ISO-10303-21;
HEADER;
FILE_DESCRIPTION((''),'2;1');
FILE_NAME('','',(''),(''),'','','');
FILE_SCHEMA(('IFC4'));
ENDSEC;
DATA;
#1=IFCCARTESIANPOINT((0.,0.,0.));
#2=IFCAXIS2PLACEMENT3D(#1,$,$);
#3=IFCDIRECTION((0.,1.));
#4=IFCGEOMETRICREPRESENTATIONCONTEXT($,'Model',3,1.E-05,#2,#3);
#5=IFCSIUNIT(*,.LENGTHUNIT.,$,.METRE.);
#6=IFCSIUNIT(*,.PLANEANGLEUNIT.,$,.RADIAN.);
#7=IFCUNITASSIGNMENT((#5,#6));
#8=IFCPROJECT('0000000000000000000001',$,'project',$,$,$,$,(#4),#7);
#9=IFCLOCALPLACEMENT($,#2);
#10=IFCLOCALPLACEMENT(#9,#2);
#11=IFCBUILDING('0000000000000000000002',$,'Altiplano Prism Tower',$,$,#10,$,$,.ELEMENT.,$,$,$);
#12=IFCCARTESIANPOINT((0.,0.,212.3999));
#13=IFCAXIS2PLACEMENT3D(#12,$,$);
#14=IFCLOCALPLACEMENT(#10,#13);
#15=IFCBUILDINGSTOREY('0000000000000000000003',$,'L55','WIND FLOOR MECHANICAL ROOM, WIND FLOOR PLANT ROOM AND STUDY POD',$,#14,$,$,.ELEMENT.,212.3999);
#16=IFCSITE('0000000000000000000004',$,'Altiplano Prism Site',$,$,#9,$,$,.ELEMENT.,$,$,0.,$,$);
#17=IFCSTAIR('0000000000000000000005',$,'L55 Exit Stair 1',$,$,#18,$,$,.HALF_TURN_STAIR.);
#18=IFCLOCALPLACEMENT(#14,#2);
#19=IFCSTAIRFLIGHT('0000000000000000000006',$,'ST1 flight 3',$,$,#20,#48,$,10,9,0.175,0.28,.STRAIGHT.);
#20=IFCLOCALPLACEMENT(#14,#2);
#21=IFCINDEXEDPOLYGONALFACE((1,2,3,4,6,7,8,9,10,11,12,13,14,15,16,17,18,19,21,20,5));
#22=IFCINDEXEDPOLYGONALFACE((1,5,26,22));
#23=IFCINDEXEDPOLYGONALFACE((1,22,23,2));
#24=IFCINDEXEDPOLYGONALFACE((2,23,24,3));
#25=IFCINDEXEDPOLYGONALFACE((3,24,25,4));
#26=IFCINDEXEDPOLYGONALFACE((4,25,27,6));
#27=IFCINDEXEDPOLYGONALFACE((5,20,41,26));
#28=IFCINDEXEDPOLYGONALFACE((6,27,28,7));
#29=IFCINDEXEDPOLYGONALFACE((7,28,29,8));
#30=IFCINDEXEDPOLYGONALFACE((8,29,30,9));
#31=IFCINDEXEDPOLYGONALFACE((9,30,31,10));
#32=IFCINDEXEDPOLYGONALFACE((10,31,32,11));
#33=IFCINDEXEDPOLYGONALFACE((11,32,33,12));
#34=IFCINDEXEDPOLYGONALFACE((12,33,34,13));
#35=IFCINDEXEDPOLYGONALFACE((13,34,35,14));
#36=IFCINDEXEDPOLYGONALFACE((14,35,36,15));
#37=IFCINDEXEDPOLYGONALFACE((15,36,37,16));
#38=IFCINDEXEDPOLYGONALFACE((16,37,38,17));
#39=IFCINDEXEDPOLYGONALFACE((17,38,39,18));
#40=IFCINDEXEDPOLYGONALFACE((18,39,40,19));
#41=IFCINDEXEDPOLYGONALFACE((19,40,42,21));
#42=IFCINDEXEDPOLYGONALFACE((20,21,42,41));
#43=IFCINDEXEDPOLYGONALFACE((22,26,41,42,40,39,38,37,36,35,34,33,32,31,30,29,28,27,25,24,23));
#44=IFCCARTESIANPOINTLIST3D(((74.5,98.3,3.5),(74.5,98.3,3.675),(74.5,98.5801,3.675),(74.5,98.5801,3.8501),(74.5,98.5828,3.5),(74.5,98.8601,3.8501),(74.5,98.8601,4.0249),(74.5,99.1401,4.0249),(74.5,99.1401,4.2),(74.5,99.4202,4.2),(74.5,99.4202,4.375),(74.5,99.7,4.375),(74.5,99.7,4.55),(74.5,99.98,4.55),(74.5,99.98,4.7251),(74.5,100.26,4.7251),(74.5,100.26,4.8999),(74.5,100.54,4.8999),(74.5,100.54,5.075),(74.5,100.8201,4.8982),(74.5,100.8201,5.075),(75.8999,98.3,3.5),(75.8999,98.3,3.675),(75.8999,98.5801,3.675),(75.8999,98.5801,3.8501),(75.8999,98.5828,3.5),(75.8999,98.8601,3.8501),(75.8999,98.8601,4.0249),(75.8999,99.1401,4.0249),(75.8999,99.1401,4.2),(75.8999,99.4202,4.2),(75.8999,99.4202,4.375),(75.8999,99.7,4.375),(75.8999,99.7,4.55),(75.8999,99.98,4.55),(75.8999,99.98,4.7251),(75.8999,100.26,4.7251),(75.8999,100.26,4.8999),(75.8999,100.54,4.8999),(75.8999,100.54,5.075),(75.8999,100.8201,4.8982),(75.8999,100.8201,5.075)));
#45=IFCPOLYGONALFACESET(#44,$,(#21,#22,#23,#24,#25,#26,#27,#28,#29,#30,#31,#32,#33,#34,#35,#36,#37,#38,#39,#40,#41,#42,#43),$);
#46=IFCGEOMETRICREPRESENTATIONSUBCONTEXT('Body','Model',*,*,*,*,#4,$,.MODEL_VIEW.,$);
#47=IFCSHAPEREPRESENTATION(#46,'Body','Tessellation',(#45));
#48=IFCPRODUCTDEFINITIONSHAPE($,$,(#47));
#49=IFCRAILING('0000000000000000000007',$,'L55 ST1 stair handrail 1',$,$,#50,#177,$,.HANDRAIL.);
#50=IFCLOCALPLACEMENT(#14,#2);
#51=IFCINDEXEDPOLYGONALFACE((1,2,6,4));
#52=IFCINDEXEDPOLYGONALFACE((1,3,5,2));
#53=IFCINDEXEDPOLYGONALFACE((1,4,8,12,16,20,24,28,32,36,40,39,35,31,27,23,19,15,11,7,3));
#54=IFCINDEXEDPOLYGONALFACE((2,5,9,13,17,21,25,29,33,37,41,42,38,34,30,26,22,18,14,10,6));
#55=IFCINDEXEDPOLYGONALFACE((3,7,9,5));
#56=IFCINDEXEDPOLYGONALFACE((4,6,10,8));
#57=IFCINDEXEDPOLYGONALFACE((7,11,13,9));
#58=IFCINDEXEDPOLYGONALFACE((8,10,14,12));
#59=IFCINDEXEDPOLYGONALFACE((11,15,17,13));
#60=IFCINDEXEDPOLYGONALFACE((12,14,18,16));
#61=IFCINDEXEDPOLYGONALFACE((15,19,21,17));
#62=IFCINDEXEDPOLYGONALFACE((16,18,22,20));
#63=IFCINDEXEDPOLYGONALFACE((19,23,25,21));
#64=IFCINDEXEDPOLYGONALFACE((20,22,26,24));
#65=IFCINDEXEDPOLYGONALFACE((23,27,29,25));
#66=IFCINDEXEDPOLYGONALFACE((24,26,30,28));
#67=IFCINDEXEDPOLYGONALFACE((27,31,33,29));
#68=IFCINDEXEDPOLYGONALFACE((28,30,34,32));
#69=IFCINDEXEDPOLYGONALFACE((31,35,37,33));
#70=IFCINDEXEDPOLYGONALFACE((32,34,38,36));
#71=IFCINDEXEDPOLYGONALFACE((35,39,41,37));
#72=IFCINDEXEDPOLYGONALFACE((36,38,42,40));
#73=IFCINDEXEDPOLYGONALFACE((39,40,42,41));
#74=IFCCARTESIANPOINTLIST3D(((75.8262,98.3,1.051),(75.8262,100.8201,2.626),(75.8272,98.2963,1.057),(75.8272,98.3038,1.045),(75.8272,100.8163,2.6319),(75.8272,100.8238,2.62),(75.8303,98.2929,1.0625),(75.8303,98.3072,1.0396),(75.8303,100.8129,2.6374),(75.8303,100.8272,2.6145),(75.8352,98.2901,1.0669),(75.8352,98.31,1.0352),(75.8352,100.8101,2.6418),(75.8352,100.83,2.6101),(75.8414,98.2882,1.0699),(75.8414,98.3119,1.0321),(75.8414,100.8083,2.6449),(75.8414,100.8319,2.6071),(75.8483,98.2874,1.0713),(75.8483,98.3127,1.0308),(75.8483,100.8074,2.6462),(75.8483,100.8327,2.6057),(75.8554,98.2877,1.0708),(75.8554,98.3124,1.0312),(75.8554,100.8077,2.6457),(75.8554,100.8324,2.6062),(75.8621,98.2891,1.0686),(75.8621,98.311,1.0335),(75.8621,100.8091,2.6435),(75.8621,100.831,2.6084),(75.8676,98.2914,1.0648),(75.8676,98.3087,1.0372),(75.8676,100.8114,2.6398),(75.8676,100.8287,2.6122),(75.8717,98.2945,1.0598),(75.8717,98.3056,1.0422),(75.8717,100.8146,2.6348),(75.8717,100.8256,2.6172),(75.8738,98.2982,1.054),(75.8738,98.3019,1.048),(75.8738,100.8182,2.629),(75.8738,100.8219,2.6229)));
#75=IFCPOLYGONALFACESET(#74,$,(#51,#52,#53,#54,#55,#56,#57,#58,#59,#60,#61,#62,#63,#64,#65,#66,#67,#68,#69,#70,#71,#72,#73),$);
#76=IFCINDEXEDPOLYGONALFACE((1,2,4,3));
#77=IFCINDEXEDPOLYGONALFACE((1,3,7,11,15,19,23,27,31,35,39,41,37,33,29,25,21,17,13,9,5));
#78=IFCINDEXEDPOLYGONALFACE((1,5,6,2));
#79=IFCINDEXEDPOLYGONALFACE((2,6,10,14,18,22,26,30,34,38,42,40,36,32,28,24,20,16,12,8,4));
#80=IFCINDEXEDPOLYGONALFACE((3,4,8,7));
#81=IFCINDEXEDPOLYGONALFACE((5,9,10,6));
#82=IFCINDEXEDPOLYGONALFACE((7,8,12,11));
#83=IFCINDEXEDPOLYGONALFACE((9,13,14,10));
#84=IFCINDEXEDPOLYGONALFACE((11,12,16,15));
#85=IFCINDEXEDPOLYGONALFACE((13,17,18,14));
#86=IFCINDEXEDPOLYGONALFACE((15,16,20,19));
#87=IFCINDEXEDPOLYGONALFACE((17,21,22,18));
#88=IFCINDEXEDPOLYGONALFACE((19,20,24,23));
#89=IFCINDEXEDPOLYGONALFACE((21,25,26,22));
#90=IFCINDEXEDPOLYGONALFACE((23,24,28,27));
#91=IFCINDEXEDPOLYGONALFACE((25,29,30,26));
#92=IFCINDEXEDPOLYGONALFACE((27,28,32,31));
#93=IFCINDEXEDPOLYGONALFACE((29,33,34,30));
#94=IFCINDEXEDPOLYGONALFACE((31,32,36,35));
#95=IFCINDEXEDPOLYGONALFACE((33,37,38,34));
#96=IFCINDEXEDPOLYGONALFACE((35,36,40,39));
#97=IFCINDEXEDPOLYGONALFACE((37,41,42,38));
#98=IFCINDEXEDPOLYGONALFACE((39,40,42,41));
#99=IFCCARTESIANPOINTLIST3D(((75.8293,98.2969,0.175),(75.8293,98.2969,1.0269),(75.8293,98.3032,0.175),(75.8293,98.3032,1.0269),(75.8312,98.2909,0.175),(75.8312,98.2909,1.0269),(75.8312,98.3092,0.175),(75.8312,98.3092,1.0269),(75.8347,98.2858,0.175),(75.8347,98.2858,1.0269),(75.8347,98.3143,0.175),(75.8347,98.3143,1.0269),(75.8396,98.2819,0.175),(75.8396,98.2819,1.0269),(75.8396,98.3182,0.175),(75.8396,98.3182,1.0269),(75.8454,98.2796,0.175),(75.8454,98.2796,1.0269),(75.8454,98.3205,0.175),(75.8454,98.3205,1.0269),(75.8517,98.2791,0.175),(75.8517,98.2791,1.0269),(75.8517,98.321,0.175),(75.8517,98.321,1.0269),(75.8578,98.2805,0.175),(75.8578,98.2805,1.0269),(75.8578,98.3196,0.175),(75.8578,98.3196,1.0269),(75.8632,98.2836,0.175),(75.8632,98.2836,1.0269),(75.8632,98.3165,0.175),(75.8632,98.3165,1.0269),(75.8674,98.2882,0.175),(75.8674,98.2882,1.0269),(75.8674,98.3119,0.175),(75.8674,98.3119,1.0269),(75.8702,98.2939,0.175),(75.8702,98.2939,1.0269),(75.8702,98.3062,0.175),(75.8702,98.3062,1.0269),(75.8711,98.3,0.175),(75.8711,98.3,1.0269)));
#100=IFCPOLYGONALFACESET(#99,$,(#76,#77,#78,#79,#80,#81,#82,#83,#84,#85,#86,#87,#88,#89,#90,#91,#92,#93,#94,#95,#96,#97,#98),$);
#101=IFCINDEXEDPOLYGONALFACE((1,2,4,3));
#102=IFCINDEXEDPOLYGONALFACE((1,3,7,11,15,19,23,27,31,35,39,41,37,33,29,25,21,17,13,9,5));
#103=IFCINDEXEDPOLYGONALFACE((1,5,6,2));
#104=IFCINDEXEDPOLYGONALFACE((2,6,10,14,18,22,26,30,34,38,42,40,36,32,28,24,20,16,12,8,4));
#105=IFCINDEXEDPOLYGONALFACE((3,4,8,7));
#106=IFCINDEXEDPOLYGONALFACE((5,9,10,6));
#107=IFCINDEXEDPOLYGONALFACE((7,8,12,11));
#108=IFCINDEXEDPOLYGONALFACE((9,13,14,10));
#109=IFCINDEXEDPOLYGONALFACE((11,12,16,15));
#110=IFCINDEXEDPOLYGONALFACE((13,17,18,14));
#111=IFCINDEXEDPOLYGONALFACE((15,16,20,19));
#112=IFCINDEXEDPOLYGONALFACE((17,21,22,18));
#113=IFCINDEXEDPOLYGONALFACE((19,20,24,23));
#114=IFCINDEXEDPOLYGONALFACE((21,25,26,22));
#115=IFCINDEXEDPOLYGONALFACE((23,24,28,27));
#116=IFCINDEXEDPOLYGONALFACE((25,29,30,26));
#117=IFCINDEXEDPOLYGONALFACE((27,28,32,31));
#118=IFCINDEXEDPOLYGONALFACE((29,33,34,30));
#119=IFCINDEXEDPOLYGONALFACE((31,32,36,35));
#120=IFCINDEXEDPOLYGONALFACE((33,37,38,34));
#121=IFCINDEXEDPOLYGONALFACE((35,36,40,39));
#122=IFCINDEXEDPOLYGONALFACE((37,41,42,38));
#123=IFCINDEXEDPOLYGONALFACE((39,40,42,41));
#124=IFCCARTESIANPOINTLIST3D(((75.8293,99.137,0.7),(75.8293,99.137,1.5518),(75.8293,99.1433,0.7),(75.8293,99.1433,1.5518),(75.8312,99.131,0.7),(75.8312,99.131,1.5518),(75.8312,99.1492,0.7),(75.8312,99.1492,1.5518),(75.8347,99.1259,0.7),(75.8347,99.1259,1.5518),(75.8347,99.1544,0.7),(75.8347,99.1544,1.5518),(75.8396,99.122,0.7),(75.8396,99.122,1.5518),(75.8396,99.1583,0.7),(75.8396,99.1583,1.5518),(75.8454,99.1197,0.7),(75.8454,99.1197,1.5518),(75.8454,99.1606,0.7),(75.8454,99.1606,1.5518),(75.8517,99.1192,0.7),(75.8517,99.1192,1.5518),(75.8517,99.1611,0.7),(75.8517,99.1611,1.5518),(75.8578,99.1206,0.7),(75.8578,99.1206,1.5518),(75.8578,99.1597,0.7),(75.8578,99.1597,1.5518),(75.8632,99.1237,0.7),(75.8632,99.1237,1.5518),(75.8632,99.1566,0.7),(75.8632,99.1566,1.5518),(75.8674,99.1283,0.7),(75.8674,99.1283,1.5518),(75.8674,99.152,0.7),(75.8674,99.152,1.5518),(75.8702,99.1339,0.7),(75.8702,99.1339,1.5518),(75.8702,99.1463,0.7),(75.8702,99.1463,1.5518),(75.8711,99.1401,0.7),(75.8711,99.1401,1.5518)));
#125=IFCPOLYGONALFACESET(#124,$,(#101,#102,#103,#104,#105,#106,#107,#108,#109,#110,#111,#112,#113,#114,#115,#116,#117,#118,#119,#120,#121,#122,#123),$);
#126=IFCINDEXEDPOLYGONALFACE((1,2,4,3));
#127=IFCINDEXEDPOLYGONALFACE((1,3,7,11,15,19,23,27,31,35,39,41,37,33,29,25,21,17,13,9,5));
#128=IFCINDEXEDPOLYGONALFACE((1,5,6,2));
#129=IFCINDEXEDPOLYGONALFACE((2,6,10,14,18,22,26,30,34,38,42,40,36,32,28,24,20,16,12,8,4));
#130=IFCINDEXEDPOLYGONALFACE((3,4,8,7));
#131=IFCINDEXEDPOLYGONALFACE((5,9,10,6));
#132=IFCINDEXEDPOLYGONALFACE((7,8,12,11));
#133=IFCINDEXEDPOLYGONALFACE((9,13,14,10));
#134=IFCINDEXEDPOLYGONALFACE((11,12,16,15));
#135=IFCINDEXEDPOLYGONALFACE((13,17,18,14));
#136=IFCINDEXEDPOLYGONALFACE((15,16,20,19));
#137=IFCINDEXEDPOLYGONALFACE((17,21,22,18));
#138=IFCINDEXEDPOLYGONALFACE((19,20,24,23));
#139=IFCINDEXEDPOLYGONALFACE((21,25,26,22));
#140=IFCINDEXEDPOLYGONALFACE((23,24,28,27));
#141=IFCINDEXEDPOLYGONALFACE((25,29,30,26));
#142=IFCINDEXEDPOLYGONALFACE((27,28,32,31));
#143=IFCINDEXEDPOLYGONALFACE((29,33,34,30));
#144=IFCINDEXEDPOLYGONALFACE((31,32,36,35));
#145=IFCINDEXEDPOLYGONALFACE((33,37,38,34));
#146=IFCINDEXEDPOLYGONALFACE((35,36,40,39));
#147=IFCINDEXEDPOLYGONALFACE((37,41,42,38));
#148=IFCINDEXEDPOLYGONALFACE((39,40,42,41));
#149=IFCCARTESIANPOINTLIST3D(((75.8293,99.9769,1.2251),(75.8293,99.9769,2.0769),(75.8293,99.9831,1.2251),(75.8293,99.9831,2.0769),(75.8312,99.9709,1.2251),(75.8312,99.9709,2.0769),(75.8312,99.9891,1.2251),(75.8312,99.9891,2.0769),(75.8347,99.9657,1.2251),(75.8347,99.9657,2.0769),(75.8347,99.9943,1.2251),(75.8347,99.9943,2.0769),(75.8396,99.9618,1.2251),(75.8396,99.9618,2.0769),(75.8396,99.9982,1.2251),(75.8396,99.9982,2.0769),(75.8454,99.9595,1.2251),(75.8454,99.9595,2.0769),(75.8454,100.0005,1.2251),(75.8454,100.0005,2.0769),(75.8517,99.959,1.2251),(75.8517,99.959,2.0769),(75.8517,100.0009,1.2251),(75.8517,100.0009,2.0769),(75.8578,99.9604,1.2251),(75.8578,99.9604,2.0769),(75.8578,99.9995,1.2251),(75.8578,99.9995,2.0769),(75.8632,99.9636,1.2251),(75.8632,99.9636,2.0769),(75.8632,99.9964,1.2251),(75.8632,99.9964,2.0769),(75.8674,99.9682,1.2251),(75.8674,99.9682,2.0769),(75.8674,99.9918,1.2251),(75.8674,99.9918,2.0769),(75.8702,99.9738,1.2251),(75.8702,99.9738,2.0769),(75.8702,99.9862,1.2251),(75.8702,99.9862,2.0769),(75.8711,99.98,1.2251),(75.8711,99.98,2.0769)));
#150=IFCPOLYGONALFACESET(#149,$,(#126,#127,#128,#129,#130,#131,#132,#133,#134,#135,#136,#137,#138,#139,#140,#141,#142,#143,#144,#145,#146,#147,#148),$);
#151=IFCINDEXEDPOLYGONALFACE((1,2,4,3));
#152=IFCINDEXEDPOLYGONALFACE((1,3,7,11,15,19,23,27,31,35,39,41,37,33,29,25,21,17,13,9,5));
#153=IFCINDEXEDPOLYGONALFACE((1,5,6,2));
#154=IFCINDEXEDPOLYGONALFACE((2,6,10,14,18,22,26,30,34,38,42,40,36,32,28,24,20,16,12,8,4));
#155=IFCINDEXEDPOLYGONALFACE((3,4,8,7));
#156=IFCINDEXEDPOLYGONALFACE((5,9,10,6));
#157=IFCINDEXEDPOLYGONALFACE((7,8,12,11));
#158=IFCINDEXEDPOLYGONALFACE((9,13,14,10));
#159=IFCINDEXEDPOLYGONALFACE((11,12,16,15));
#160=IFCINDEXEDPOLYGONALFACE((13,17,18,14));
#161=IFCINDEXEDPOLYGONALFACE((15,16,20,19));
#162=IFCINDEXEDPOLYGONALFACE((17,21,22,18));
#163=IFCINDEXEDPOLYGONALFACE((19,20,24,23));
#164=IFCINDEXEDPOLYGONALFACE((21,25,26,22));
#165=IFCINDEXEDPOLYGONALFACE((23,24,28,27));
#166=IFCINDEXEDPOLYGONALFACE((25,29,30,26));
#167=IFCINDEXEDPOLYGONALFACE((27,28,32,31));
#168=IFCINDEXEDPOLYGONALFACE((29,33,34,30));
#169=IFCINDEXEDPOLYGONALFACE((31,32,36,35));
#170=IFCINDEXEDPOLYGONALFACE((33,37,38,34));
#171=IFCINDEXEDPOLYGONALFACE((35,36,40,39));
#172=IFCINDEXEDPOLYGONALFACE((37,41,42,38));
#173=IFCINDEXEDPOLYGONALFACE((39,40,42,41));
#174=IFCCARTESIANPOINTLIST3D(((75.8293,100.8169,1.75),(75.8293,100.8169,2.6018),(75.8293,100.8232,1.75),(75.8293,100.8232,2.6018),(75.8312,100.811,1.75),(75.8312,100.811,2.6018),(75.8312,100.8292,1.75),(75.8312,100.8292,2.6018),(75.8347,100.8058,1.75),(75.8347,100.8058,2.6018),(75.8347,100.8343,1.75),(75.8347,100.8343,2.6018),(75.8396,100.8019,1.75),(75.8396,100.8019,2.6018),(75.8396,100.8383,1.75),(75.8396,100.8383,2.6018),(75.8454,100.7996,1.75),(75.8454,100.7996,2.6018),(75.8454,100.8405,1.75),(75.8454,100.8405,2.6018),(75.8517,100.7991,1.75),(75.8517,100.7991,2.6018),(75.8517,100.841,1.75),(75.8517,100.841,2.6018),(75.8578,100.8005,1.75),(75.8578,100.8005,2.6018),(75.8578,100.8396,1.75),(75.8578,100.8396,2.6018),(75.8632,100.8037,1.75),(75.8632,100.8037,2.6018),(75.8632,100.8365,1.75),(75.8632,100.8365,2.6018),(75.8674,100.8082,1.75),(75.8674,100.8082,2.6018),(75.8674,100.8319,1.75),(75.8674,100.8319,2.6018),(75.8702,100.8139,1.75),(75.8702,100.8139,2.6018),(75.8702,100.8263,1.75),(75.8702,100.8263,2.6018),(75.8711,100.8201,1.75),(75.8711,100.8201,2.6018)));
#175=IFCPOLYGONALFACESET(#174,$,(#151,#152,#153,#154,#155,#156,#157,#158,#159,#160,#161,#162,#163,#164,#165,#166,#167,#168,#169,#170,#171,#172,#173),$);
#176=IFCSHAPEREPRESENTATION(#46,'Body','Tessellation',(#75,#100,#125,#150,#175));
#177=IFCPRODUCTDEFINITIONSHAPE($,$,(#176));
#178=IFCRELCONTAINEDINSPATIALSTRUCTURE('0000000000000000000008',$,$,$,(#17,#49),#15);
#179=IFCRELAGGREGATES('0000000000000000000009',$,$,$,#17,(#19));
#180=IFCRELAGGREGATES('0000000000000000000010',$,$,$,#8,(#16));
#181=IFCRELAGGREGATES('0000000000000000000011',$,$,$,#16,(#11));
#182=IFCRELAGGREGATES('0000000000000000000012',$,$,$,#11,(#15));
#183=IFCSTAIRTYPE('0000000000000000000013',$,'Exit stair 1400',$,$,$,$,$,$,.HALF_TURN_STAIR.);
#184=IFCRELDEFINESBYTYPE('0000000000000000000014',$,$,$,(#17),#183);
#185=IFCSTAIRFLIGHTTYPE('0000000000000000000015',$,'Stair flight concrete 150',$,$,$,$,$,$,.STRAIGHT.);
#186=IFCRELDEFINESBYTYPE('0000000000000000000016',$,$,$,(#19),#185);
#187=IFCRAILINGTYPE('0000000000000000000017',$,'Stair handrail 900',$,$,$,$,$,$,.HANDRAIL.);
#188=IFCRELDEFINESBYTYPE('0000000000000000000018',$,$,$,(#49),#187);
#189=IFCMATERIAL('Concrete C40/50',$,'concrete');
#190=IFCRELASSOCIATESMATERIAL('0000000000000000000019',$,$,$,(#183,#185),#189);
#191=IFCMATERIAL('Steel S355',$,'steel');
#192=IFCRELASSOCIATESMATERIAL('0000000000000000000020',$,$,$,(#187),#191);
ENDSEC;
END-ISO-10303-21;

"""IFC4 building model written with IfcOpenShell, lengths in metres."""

from ifc_helpers import new_model, si_unit, direction, frame, origin, origin_2d, place, context, subcontext, project, spatial, polyline, circle, outline, extrude, material, type_object, element, aggregate, save


model = new_model("IFC4")

# Units and contexts
model_context = context("Model", 3, precision=1e-05, world=origin(), true_north=direction((0.0, 1.0)))
body_context = subcontext(model_context, "Body", "Model", "MODEL_VIEW")
ifc_project = project(units=[si_unit("LENGTHUNIT", "METRE"), si_unit("PLANEANGLEUNIT", "RADIAN")], contexts=[model_context])

# Site, building, storey
site_placement = place(None, origin())
site = spatial("IfcSite", under=ifc_project, at=site_placement, Name="Altiplano Prism Site", CompositionType="ELEMENT", RefElevation=0.0)
building_placement = place(site_placement, origin())
building = spatial("IfcBuilding", under=site, at=building_placement, Name="Altiplano Prism Tower", CompositionType="ELEMENT")
storey_placement = place(building_placement, frame((0.0, 0.0, 212.3999)))
storey = spatial("IfcBuildingStorey", under=building, at=storey_placement, Name="L55", Description="WIND FLOOR MECHANICAL ROOM, WIND FLOOR PLANT ROOM AND STUDY POD", CompositionType="ELEMENT", Elevation=212.3999)

# Stair, stair flight
ifc_material_1 = material(Name="Concrete C40/50", Category="concrete")
stair_type = type_object("IfcStairType", Name="Exit stair 1400", PredefinedType="HALF_TURN_STAIR", material=ifc_material_1)
stair_placement = place(storey_placement, origin())
stair = element("IfcStair", 1, at=stair_placement, inside=storey, type_object=stair_type, Name="L55 Exit Stair 1", PredefinedType="HALF_TURN_STAIR")
stair_flight_type = type_object("IfcStairFlightType", Name="Stair flight concrete 150", PredefinedType="STRAIGHT", material=ifc_material_1)
stair_flight_1_placement = place(storey_placement, frame((75.2, 98.3, 3.5), z_axis=(0.0, 0.0, 1.0), x_axis=(0.0, 1.0, 0.0)))
stair_flight_1 = element("IfcStairFlight", 2, at=stair_flight_1_placement, type_object=stair_flight_type, Name="ST1 flight 3", NumberOfRisers=10, NumberOfTreads=9, PredefinedType="STRAIGHT", RiserHeight=0.175, TreadLength=0.28, context=body_context, shape_type="SweptSolid", body=[
    extrude(outline(polyline([(0.0, 0.0), (0.0, 0.175), (0.28, 0.175), (0.28, 0.3501), (0.5601, 0.3501), (0.5601, 0.5249), (0.8401, 0.5249), (0.8401, 0.7), (1.1201, 0.7), (1.1201, 0.875), (1.3999, 0.875), (1.3999, 1.05), (1.6799, 1.05), (1.6799, 1.2251), (1.96, 1.2251), (1.96, 1.3999), (2.24, 1.3999), (2.24, 1.575), (2.52, 1.575), (2.52, 1.75), (2.52, 1.3982), (0.2827, 0.0), (0.0, 0.0)])), frame((0.0, 0.7, 0.0), z_axis=(0.0, -1.0, 0.0), x_axis=(1.0, 0.0, 0.0)), (0.0, 0.0, 1.0), 1.3999),
])
aggregate(stair, [stair_flight_1])

# Railing
ifc_material_2 = material(Name="Steel S355", Category="steel")
railing_type = type_object("IfcRailingType", Name="Stair handrail 900", PredefinedType="HANDRAIL", material=ifc_material_2)
for number, where, name in (
    (3, (75.8501, 98.3, 0.175), "L55 ST1 stair handrail 1"),
):
    element("IfcRailing", number, at=place(storey_placement, frame(where)), inside=storey, type_object=railing_type, Name=name, PredefinedType="HANDRAIL", context=body_context, shape_type="SweptSolid", body=[
        extrude(circle(Radius=0.0239, at=origin_2d()), frame((0.0, 0.0, 0.876), z_axis=(0.0, 0.848008, 0.529984), x_axis=(-1.0, 0.0, 0.0)), (0.0, 0.0, 1.0), 2.9717),
        extrude(circle(Radius=0.021, at=origin_2d()), origin(), (0.0, 0.0, 1.0), 0.8518),
        extrude(circle(Radius=0.021, at=origin_2d()), frame((0.0, 0.8401, 0.5249)), (0.0, 0.0, 1.0), 0.8518),
        extrude(circle(Radius=0.021, at=origin_2d()), frame((0.0, 1.6799, 1.05)), (0.0, 0.0, 1.0), 0.8518),
        extrude(circle(Radius=0.021, at=origin_2d()), frame((0.0, 2.52, 1.575)), (0.0, 0.0, 1.0), 0.8518),
    ])

save(model, "model.ifc")
